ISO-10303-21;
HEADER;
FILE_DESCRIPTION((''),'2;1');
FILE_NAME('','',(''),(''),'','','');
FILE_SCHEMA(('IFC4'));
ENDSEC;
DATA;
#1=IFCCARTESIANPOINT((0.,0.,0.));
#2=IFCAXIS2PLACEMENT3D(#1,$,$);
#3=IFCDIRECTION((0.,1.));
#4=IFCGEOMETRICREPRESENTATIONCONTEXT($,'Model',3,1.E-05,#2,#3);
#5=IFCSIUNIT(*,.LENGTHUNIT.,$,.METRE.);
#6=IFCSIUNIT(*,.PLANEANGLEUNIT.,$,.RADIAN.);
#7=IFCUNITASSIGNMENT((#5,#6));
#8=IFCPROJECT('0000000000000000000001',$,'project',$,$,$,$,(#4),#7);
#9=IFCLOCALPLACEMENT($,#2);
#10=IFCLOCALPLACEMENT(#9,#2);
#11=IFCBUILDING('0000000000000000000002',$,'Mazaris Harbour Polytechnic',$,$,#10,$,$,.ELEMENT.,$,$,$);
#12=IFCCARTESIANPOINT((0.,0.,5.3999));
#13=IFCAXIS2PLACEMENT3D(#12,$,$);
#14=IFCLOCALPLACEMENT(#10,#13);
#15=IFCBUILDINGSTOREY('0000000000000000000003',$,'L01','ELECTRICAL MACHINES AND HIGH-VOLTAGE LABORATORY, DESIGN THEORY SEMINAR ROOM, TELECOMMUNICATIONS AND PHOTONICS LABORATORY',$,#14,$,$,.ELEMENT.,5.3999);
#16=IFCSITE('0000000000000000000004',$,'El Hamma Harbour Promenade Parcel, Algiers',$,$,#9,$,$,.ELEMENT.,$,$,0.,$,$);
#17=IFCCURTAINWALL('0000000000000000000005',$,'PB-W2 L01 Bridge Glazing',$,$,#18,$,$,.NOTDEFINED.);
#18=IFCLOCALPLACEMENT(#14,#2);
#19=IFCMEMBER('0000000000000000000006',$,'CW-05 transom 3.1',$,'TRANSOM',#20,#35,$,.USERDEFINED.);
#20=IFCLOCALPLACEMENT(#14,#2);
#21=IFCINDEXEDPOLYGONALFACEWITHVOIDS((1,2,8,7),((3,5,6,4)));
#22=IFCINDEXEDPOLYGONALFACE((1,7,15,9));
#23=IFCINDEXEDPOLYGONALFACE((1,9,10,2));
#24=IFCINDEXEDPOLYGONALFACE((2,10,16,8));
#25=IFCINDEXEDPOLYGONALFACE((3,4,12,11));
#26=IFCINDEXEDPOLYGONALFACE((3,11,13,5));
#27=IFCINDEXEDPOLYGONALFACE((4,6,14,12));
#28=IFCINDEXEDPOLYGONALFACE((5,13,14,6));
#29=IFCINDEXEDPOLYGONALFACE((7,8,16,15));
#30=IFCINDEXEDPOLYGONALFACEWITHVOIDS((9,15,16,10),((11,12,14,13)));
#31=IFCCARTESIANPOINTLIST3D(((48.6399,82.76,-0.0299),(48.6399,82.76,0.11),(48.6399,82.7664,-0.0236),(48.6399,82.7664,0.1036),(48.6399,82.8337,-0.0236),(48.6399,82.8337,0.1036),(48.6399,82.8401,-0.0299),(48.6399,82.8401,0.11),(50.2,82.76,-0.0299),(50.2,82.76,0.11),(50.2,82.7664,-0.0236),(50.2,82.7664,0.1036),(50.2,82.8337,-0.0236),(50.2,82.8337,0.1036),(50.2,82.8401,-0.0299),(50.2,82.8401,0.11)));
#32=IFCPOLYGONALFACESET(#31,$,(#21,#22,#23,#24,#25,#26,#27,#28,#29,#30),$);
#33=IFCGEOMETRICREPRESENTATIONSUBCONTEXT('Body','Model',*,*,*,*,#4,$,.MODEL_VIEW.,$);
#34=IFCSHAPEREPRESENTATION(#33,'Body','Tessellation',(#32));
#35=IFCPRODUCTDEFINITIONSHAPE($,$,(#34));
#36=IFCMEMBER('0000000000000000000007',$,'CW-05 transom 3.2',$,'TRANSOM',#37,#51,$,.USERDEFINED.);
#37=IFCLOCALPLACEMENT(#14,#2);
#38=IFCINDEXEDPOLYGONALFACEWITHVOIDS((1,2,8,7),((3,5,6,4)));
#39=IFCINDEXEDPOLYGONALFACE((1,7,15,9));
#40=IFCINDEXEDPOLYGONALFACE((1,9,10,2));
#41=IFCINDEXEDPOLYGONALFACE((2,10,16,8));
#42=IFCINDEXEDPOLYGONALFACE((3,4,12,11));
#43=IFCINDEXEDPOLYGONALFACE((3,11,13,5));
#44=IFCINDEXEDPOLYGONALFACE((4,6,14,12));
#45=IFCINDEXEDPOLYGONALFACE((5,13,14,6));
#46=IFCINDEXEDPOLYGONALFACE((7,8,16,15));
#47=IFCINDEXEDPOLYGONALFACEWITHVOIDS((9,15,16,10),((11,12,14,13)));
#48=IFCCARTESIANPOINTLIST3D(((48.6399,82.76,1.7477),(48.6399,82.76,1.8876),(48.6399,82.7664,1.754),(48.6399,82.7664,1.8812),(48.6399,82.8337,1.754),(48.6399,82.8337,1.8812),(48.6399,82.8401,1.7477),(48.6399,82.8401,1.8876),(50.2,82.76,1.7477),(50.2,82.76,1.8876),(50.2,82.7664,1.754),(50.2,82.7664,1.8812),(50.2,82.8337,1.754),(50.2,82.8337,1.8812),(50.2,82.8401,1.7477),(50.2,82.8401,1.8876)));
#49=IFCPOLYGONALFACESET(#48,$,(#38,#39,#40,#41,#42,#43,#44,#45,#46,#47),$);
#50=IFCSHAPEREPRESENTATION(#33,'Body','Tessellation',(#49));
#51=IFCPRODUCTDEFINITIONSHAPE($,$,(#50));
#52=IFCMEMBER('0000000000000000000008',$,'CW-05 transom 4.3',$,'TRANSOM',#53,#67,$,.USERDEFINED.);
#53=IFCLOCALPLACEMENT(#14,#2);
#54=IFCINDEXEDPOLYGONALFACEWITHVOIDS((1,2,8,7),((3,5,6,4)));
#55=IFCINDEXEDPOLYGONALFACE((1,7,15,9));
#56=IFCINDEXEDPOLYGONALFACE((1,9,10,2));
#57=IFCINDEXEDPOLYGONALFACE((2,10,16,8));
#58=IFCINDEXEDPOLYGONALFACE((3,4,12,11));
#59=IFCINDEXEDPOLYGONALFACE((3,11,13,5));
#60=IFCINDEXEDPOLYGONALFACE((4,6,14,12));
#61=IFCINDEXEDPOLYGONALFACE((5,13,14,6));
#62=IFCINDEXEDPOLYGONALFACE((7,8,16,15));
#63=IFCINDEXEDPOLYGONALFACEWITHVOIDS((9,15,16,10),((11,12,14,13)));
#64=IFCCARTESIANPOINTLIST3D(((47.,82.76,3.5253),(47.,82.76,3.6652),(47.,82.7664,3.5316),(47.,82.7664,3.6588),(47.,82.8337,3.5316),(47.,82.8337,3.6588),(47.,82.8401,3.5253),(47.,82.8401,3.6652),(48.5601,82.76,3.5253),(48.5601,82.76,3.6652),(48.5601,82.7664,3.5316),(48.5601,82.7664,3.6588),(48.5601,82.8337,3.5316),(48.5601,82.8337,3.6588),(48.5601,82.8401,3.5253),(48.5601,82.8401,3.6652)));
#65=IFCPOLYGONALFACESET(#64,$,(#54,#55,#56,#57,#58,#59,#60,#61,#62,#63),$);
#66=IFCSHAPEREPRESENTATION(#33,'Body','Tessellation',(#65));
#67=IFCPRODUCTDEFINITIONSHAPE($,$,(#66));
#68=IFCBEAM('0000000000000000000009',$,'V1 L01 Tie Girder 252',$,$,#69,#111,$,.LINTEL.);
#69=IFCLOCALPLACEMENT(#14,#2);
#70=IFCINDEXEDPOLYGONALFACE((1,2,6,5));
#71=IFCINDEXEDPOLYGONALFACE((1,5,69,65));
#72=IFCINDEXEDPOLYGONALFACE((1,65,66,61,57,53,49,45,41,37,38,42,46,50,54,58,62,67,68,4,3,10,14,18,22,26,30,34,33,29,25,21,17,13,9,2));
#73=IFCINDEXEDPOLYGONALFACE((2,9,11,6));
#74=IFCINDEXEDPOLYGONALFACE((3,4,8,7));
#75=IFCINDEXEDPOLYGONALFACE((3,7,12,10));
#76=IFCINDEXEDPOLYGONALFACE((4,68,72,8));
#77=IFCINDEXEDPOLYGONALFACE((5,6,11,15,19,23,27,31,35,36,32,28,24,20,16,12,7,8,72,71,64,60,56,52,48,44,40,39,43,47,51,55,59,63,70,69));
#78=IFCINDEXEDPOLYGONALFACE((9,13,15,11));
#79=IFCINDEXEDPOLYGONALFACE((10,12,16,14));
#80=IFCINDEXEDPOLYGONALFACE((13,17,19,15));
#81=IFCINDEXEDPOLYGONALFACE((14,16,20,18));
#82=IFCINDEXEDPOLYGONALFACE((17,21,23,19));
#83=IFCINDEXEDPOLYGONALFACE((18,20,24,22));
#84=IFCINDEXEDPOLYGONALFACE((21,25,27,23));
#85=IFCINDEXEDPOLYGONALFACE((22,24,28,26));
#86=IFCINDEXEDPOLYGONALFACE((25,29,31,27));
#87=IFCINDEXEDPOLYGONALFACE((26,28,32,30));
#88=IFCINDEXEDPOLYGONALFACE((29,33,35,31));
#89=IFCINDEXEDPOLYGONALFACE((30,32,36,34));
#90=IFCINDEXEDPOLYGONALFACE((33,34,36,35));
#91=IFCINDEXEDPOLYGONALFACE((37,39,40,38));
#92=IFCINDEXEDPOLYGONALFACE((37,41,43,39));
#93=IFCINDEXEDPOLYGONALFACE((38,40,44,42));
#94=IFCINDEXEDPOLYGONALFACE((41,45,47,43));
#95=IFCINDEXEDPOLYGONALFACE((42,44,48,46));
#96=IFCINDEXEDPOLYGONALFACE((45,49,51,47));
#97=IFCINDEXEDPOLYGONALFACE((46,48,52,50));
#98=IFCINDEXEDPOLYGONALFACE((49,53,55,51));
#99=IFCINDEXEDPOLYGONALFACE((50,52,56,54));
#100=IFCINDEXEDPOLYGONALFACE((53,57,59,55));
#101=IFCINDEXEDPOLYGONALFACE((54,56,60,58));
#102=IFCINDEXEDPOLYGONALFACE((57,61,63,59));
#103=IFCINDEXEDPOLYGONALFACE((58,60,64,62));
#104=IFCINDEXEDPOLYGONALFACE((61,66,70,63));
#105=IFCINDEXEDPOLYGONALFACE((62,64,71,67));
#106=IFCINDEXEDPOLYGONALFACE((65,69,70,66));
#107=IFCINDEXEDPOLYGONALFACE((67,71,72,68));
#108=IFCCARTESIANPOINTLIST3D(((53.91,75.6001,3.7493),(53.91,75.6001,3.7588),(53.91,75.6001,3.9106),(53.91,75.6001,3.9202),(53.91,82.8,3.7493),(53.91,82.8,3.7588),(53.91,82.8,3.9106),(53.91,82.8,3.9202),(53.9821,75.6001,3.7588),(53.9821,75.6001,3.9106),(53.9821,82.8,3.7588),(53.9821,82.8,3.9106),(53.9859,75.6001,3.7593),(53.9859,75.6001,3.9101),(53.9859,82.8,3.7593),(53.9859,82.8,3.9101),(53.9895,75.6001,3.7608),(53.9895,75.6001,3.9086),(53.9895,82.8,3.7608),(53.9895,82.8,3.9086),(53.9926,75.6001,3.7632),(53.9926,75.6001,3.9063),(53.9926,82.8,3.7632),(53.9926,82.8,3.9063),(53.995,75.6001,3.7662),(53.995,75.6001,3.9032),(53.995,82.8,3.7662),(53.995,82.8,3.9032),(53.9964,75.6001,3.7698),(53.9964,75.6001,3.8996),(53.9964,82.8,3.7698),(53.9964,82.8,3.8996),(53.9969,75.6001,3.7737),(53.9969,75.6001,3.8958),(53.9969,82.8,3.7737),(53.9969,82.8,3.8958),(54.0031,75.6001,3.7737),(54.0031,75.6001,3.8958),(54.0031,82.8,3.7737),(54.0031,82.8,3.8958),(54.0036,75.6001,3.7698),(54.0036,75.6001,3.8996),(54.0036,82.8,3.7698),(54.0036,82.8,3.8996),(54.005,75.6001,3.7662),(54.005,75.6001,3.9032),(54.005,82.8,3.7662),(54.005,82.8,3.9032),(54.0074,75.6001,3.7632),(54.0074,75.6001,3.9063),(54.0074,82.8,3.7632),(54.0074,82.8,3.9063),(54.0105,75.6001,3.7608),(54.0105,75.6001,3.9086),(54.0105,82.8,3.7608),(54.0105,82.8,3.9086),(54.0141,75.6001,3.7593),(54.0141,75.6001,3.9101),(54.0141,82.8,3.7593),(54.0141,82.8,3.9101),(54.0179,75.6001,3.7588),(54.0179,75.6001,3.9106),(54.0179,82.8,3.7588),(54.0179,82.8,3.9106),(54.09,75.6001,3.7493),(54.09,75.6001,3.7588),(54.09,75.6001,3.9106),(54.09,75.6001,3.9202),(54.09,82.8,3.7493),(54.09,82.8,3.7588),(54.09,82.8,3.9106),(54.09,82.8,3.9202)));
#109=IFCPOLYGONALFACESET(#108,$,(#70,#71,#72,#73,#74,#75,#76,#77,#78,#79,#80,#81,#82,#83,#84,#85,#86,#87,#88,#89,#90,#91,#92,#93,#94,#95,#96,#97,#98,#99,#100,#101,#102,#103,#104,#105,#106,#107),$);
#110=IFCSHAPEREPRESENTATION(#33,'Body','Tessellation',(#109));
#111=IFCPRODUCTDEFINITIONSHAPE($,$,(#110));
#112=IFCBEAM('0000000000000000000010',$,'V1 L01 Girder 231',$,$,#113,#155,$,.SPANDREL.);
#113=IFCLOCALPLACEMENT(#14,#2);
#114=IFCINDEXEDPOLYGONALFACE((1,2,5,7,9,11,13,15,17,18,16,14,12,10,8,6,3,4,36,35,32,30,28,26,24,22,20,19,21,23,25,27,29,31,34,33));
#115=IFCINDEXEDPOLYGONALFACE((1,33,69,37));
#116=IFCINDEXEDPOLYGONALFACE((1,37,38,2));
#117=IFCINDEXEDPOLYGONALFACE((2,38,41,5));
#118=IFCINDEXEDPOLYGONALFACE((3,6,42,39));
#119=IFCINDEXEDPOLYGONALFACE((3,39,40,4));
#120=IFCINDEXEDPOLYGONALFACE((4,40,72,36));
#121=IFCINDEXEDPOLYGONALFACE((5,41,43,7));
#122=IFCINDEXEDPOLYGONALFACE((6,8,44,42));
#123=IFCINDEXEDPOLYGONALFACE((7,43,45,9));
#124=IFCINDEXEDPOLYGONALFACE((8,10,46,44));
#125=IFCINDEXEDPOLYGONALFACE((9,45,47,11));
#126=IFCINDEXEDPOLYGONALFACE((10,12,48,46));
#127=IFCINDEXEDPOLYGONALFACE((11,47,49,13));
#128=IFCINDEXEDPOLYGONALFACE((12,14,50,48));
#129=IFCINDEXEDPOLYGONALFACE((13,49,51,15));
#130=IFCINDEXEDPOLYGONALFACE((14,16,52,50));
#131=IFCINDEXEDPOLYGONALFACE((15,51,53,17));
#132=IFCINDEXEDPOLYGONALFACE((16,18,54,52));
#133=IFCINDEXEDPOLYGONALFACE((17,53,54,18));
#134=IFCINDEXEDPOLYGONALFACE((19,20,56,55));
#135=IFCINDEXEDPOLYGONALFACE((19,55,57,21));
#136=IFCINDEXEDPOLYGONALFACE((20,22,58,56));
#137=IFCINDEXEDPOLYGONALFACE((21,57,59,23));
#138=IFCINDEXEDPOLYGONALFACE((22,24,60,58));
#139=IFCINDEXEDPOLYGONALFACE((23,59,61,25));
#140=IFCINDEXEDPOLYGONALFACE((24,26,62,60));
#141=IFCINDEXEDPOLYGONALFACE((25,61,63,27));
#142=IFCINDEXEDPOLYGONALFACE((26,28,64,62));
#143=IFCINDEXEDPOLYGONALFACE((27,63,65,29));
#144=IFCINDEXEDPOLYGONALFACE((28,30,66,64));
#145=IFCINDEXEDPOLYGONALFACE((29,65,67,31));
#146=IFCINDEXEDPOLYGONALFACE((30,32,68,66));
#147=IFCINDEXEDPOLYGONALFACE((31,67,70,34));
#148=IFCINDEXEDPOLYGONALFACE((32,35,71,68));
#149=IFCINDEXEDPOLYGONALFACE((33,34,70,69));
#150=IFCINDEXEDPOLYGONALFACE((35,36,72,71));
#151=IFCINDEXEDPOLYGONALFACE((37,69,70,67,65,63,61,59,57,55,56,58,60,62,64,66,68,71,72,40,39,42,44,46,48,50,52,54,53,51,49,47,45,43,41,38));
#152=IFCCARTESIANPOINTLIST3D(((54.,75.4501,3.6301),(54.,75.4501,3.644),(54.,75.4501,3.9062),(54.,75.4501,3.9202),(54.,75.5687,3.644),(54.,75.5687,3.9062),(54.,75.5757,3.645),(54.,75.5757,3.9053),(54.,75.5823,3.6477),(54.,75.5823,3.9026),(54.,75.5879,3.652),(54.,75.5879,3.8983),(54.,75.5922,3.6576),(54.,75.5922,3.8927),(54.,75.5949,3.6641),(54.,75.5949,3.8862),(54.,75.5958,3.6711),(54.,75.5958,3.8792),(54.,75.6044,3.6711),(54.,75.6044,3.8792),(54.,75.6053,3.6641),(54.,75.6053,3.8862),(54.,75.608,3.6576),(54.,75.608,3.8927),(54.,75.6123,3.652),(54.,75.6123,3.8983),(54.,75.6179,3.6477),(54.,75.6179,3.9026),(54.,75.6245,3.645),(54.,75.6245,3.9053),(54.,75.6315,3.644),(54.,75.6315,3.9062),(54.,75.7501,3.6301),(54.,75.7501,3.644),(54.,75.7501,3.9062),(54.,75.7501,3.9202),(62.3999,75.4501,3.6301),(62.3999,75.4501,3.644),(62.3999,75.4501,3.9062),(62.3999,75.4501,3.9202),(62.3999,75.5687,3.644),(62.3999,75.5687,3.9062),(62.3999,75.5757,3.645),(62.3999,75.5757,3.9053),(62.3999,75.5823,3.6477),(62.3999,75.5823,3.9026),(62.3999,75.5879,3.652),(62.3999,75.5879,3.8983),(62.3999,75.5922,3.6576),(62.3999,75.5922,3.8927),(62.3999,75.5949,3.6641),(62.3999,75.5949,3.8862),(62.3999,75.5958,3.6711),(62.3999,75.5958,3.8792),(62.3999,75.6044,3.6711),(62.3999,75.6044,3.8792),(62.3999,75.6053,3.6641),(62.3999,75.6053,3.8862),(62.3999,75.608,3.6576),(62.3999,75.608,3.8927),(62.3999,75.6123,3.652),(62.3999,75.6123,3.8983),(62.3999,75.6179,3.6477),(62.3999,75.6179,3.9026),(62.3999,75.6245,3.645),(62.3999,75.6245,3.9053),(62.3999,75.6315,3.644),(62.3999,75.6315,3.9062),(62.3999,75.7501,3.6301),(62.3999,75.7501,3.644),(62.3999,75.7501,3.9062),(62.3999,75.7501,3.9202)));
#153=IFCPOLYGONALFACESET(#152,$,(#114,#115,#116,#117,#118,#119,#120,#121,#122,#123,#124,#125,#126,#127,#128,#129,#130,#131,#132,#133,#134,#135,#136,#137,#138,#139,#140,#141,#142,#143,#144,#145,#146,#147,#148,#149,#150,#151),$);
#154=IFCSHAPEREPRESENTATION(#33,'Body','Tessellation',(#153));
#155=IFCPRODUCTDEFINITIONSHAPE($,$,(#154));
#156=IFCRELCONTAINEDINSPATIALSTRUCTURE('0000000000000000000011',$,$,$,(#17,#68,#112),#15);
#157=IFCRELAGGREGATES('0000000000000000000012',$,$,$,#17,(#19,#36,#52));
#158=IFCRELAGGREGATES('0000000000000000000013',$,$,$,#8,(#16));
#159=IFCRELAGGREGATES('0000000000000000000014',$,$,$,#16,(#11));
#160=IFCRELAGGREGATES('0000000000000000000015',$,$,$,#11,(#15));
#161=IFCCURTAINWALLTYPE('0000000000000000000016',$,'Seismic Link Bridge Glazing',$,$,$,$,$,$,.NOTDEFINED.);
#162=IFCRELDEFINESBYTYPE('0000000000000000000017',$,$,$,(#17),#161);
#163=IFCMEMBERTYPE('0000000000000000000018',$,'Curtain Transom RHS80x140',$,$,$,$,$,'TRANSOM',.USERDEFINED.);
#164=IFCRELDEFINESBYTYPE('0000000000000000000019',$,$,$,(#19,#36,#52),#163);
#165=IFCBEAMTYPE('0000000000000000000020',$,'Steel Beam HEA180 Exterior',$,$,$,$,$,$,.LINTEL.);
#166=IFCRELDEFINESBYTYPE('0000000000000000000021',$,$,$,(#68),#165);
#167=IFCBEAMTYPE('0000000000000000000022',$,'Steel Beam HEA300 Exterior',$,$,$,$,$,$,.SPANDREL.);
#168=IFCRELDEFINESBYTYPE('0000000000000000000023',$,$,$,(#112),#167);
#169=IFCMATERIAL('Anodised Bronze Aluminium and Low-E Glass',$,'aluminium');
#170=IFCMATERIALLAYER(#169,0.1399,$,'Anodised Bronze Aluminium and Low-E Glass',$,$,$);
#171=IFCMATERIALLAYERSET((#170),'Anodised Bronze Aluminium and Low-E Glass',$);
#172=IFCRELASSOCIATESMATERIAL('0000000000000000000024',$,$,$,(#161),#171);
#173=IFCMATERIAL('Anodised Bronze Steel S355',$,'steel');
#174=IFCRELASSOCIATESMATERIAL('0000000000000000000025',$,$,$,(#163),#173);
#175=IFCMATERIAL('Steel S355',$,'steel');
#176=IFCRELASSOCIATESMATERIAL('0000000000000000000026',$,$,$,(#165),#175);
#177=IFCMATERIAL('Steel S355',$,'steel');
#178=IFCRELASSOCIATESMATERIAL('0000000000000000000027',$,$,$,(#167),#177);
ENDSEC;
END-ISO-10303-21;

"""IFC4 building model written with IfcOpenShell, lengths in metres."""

from ifc_helpers import new_model, si_unit, direction, frame, origin, origin_2d, place, context, subcontext, project, spatial, hollow_rectangle, i_section, extrude, material, layer, layer_set, material_profile, profile_set, type_object, element, aggregate, save


model = new_model("IFC4")

# Units and contexts
model_context = context("Model", 3, precision=1e-05, world=origin(), true_north=direction((0.0, 1.0)))
body_context = subcontext(model_context, "Body", "Model", "MODEL_VIEW")
ifc_project = project(units=[si_unit("LENGTHUNIT", "METRE"), si_unit("PLANEANGLEUNIT", "RADIAN")], contexts=[model_context])

# Site, building, storey
site_placement = place(None, origin())
site = spatial("IfcSite", under=ifc_project, at=site_placement, Name="El Hamma Harbour Promenade Parcel, Algiers", CompositionType="ELEMENT", RefElevation=0.0)
building_placement = place(site_placement, origin())
building = spatial("IfcBuilding", under=site, at=building_placement, Name="Mazaris Harbour Polytechnic", CompositionType="ELEMENT")
storey_placement = place(building_placement, frame((0.0, 0.0, 5.3999)))
storey = spatial("IfcBuildingStorey", under=building, at=storey_placement, Name="L01", Description="ELECTRICAL MACHINES AND HIGH-VOLTAGE LABORATORY, DESIGN THEORY SEMINAR ROOM, TELECOMMUNICATIONS AND PHOTONICS LABORATORY", CompositionType="ELEMENT", Elevation=5.3999)

# Shared definitions
ifc_material_1 = material(Name="Anodised Bronze Aluminium and Low-E Glass", Category="aluminium")
ifc_layer_1 = layer(ifc_material_1, 0.1399, Name="Anodised Bronze Aluminium and Low-E Glass")
ifc_layer_set_1 = layer_set([ifc_layer_1], Name="Anodised Bronze Aluminium and Low-E Glass")
curtain_wall_type_1 = type_object("IfcCurtainWallType", Name="Seismic Link Bridge Glazing", PredefinedType="NOTDEFINED", material=ifc_layer_set_1)

# Curtain wall
curtain_wall_1_placement = place(storey_placement, origin())
curtain_wall_1 = element("IfcCurtainWall", 1, at=curtain_wall_1_placement, inside=storey, type_object=curtain_wall_type_1, Name="PB-W2 L01 Bridge Glazing", PredefinedType="NOTDEFINED")

# Members
ifc_material_2 = material(Name="Anodised Bronze Steel S355", Category="steel")
ifc_material_profile_1 = material_profile(ifc_material_2, hollow_rectangle(XDim=0.0801, YDim=0.1399, WallThickness=0.0063, at=origin_2d()), Name="RHS 80x140x6.3")
ifc_profile_set_1 = profile_set([ifc_material_profile_1], Name="Anodised Bronze Steel S355")
member_type_1 = type_object("IfcMemberType", Name="Curtain Transom RHS80x140", ElementType="TRANSOM", PredefinedType="USERDEFINED", material=ifc_profile_set_1)
member_1_placement = place(storey_placement, frame((50.2, 82.8, 0.04), z_axis=(-1.0, 0.0, 0.0), x_axis=(0.0, -1.0, 0.0)))
member_1 = element("IfcMember", 2, at=member_1_placement, type_object=member_type_1, Name="CW-05 transom 3.1", ObjectType="TRANSOM", PredefinedType="USERDEFINED", context=body_context, shape_type="SweptSolid", body=[
    extrude(hollow_rectangle(XDim=0.0801, YDim=0.1399, WallThickness=0.0063, at=origin_2d()), origin(), (0.0, 0.0, 1.0), 1.5601),
])
member_2_placement = place(storey_placement, frame((50.2, 82.8, 1.8176), z_axis=(-1.0, 0.0, 0.0), x_axis=(0.0, -1.0, 0.0)))
member_2 = element("IfcMember", 3, at=member_2_placement, type_object=member_type_1, Name="CW-05 transom 3.2", ObjectType="TRANSOM", PredefinedType="USERDEFINED", context=body_context, shape_type="SweptSolid", body=[
    extrude(hollow_rectangle(XDim=0.0801, YDim=0.1399, WallThickness=0.0063, at=origin_2d()), origin(), (0.0, 0.0, 1.0), 1.5601),
])
member_3_placement = place(storey_placement, frame((48.5601, 82.8, 3.5952), z_axis=(-1.0, 0.0, 0.0), x_axis=(0.0, -1.0, 0.0)))
member_3 = element("IfcMember", 4, at=member_3_placement, type_object=member_type_1, Name="CW-05 transom 4.3", ObjectType="TRANSOM", PredefinedType="USERDEFINED", context=body_context, shape_type="SweptSolid", body=[
    extrude(hollow_rectangle(XDim=0.0801, YDim=0.1399, WallThickness=0.0063, at=origin_2d()), origin(), (0.0, 0.0, 1.0), 1.5601),
])

# Beams
ifc_material_3 = material(Name="Steel S355", Category="steel")
ifc_material_profile_2 = material_profile(ifc_material_3, i_section(OverallWidth=0.1799, OverallDepth=0.1709, WebThickness=0.0061, FlangeThickness=0.0095, FilletRadius=0.0149, at=origin_2d()), Name="HEA 180")
ifc_profile_set_2 = profile_set([ifc_material_profile_2], Name="Steel S355")
beam_type_1 = type_object("IfcBeamType", Name="Steel Beam HEA180 Exterior", PredefinedType="LINTEL", material=ifc_profile_set_2)
beam_1_placement = place(storey_placement, frame((54.0, 75.6001, 3.8347), z_axis=(0.0, 1.0, 0.0), x_axis=(-1.0, 0.0, 0.0)))
element("IfcBeam", 5, at=beam_1_placement, inside=storey, type_object=beam_type_1, Name="V1 L01 Tie Girder 252", PredefinedType="LINTEL", context=body_context, shape_type="SweptSolid", body=[
    extrude(i_section(OverallWidth=0.1799, OverallDepth=0.1709, WebThickness=0.0061, FlangeThickness=0.0095, FilletRadius=0.0149, at=origin_2d()), origin(), (0.0, 0.0, 1.0), 7.2),
])
ifc_material_4 = material(Name="Steel S355", Category="steel")
ifc_material_profile_3 = material_profile(ifc_material_4, i_section(OverallWidth=0.3, OverallDepth=0.29, WebThickness=0.0085, FlangeThickness=0.0139, FilletRadius=0.0271, at=origin_2d()), Name="HEA 300")
ifc_profile_set_3 = profile_set([ifc_material_profile_3], Name="Steel S355")
beam_type_2 = type_object("IfcBeamType", Name="Steel Beam HEA300 Exterior", PredefinedType="SPANDREL", material=ifc_profile_set_3)
beam_2_placement = place(storey_placement, frame((54.0, 75.6001, 3.7751), z_axis=(1.0, 0.0, 0.0), x_axis=(0.0, 1.0, 0.0)))
element("IfcBeam", 6, at=beam_2_placement, inside=storey, type_object=beam_type_2, Name="V1 L01 Girder 231", PredefinedType="SPANDREL", context=body_context, shape_type="SweptSolid", body=[
    extrude(i_section(OverallWidth=0.3, OverallDepth=0.29, WebThickness=0.0085, FlangeThickness=0.0139, FilletRadius=0.0271, at=origin_2d()), origin(), (0.0, 0.0, 1.0), 8.3999),
])

aggregate(curtain_wall_1, [member_1, member_2, member_3])

save(model, "model.ifc")
